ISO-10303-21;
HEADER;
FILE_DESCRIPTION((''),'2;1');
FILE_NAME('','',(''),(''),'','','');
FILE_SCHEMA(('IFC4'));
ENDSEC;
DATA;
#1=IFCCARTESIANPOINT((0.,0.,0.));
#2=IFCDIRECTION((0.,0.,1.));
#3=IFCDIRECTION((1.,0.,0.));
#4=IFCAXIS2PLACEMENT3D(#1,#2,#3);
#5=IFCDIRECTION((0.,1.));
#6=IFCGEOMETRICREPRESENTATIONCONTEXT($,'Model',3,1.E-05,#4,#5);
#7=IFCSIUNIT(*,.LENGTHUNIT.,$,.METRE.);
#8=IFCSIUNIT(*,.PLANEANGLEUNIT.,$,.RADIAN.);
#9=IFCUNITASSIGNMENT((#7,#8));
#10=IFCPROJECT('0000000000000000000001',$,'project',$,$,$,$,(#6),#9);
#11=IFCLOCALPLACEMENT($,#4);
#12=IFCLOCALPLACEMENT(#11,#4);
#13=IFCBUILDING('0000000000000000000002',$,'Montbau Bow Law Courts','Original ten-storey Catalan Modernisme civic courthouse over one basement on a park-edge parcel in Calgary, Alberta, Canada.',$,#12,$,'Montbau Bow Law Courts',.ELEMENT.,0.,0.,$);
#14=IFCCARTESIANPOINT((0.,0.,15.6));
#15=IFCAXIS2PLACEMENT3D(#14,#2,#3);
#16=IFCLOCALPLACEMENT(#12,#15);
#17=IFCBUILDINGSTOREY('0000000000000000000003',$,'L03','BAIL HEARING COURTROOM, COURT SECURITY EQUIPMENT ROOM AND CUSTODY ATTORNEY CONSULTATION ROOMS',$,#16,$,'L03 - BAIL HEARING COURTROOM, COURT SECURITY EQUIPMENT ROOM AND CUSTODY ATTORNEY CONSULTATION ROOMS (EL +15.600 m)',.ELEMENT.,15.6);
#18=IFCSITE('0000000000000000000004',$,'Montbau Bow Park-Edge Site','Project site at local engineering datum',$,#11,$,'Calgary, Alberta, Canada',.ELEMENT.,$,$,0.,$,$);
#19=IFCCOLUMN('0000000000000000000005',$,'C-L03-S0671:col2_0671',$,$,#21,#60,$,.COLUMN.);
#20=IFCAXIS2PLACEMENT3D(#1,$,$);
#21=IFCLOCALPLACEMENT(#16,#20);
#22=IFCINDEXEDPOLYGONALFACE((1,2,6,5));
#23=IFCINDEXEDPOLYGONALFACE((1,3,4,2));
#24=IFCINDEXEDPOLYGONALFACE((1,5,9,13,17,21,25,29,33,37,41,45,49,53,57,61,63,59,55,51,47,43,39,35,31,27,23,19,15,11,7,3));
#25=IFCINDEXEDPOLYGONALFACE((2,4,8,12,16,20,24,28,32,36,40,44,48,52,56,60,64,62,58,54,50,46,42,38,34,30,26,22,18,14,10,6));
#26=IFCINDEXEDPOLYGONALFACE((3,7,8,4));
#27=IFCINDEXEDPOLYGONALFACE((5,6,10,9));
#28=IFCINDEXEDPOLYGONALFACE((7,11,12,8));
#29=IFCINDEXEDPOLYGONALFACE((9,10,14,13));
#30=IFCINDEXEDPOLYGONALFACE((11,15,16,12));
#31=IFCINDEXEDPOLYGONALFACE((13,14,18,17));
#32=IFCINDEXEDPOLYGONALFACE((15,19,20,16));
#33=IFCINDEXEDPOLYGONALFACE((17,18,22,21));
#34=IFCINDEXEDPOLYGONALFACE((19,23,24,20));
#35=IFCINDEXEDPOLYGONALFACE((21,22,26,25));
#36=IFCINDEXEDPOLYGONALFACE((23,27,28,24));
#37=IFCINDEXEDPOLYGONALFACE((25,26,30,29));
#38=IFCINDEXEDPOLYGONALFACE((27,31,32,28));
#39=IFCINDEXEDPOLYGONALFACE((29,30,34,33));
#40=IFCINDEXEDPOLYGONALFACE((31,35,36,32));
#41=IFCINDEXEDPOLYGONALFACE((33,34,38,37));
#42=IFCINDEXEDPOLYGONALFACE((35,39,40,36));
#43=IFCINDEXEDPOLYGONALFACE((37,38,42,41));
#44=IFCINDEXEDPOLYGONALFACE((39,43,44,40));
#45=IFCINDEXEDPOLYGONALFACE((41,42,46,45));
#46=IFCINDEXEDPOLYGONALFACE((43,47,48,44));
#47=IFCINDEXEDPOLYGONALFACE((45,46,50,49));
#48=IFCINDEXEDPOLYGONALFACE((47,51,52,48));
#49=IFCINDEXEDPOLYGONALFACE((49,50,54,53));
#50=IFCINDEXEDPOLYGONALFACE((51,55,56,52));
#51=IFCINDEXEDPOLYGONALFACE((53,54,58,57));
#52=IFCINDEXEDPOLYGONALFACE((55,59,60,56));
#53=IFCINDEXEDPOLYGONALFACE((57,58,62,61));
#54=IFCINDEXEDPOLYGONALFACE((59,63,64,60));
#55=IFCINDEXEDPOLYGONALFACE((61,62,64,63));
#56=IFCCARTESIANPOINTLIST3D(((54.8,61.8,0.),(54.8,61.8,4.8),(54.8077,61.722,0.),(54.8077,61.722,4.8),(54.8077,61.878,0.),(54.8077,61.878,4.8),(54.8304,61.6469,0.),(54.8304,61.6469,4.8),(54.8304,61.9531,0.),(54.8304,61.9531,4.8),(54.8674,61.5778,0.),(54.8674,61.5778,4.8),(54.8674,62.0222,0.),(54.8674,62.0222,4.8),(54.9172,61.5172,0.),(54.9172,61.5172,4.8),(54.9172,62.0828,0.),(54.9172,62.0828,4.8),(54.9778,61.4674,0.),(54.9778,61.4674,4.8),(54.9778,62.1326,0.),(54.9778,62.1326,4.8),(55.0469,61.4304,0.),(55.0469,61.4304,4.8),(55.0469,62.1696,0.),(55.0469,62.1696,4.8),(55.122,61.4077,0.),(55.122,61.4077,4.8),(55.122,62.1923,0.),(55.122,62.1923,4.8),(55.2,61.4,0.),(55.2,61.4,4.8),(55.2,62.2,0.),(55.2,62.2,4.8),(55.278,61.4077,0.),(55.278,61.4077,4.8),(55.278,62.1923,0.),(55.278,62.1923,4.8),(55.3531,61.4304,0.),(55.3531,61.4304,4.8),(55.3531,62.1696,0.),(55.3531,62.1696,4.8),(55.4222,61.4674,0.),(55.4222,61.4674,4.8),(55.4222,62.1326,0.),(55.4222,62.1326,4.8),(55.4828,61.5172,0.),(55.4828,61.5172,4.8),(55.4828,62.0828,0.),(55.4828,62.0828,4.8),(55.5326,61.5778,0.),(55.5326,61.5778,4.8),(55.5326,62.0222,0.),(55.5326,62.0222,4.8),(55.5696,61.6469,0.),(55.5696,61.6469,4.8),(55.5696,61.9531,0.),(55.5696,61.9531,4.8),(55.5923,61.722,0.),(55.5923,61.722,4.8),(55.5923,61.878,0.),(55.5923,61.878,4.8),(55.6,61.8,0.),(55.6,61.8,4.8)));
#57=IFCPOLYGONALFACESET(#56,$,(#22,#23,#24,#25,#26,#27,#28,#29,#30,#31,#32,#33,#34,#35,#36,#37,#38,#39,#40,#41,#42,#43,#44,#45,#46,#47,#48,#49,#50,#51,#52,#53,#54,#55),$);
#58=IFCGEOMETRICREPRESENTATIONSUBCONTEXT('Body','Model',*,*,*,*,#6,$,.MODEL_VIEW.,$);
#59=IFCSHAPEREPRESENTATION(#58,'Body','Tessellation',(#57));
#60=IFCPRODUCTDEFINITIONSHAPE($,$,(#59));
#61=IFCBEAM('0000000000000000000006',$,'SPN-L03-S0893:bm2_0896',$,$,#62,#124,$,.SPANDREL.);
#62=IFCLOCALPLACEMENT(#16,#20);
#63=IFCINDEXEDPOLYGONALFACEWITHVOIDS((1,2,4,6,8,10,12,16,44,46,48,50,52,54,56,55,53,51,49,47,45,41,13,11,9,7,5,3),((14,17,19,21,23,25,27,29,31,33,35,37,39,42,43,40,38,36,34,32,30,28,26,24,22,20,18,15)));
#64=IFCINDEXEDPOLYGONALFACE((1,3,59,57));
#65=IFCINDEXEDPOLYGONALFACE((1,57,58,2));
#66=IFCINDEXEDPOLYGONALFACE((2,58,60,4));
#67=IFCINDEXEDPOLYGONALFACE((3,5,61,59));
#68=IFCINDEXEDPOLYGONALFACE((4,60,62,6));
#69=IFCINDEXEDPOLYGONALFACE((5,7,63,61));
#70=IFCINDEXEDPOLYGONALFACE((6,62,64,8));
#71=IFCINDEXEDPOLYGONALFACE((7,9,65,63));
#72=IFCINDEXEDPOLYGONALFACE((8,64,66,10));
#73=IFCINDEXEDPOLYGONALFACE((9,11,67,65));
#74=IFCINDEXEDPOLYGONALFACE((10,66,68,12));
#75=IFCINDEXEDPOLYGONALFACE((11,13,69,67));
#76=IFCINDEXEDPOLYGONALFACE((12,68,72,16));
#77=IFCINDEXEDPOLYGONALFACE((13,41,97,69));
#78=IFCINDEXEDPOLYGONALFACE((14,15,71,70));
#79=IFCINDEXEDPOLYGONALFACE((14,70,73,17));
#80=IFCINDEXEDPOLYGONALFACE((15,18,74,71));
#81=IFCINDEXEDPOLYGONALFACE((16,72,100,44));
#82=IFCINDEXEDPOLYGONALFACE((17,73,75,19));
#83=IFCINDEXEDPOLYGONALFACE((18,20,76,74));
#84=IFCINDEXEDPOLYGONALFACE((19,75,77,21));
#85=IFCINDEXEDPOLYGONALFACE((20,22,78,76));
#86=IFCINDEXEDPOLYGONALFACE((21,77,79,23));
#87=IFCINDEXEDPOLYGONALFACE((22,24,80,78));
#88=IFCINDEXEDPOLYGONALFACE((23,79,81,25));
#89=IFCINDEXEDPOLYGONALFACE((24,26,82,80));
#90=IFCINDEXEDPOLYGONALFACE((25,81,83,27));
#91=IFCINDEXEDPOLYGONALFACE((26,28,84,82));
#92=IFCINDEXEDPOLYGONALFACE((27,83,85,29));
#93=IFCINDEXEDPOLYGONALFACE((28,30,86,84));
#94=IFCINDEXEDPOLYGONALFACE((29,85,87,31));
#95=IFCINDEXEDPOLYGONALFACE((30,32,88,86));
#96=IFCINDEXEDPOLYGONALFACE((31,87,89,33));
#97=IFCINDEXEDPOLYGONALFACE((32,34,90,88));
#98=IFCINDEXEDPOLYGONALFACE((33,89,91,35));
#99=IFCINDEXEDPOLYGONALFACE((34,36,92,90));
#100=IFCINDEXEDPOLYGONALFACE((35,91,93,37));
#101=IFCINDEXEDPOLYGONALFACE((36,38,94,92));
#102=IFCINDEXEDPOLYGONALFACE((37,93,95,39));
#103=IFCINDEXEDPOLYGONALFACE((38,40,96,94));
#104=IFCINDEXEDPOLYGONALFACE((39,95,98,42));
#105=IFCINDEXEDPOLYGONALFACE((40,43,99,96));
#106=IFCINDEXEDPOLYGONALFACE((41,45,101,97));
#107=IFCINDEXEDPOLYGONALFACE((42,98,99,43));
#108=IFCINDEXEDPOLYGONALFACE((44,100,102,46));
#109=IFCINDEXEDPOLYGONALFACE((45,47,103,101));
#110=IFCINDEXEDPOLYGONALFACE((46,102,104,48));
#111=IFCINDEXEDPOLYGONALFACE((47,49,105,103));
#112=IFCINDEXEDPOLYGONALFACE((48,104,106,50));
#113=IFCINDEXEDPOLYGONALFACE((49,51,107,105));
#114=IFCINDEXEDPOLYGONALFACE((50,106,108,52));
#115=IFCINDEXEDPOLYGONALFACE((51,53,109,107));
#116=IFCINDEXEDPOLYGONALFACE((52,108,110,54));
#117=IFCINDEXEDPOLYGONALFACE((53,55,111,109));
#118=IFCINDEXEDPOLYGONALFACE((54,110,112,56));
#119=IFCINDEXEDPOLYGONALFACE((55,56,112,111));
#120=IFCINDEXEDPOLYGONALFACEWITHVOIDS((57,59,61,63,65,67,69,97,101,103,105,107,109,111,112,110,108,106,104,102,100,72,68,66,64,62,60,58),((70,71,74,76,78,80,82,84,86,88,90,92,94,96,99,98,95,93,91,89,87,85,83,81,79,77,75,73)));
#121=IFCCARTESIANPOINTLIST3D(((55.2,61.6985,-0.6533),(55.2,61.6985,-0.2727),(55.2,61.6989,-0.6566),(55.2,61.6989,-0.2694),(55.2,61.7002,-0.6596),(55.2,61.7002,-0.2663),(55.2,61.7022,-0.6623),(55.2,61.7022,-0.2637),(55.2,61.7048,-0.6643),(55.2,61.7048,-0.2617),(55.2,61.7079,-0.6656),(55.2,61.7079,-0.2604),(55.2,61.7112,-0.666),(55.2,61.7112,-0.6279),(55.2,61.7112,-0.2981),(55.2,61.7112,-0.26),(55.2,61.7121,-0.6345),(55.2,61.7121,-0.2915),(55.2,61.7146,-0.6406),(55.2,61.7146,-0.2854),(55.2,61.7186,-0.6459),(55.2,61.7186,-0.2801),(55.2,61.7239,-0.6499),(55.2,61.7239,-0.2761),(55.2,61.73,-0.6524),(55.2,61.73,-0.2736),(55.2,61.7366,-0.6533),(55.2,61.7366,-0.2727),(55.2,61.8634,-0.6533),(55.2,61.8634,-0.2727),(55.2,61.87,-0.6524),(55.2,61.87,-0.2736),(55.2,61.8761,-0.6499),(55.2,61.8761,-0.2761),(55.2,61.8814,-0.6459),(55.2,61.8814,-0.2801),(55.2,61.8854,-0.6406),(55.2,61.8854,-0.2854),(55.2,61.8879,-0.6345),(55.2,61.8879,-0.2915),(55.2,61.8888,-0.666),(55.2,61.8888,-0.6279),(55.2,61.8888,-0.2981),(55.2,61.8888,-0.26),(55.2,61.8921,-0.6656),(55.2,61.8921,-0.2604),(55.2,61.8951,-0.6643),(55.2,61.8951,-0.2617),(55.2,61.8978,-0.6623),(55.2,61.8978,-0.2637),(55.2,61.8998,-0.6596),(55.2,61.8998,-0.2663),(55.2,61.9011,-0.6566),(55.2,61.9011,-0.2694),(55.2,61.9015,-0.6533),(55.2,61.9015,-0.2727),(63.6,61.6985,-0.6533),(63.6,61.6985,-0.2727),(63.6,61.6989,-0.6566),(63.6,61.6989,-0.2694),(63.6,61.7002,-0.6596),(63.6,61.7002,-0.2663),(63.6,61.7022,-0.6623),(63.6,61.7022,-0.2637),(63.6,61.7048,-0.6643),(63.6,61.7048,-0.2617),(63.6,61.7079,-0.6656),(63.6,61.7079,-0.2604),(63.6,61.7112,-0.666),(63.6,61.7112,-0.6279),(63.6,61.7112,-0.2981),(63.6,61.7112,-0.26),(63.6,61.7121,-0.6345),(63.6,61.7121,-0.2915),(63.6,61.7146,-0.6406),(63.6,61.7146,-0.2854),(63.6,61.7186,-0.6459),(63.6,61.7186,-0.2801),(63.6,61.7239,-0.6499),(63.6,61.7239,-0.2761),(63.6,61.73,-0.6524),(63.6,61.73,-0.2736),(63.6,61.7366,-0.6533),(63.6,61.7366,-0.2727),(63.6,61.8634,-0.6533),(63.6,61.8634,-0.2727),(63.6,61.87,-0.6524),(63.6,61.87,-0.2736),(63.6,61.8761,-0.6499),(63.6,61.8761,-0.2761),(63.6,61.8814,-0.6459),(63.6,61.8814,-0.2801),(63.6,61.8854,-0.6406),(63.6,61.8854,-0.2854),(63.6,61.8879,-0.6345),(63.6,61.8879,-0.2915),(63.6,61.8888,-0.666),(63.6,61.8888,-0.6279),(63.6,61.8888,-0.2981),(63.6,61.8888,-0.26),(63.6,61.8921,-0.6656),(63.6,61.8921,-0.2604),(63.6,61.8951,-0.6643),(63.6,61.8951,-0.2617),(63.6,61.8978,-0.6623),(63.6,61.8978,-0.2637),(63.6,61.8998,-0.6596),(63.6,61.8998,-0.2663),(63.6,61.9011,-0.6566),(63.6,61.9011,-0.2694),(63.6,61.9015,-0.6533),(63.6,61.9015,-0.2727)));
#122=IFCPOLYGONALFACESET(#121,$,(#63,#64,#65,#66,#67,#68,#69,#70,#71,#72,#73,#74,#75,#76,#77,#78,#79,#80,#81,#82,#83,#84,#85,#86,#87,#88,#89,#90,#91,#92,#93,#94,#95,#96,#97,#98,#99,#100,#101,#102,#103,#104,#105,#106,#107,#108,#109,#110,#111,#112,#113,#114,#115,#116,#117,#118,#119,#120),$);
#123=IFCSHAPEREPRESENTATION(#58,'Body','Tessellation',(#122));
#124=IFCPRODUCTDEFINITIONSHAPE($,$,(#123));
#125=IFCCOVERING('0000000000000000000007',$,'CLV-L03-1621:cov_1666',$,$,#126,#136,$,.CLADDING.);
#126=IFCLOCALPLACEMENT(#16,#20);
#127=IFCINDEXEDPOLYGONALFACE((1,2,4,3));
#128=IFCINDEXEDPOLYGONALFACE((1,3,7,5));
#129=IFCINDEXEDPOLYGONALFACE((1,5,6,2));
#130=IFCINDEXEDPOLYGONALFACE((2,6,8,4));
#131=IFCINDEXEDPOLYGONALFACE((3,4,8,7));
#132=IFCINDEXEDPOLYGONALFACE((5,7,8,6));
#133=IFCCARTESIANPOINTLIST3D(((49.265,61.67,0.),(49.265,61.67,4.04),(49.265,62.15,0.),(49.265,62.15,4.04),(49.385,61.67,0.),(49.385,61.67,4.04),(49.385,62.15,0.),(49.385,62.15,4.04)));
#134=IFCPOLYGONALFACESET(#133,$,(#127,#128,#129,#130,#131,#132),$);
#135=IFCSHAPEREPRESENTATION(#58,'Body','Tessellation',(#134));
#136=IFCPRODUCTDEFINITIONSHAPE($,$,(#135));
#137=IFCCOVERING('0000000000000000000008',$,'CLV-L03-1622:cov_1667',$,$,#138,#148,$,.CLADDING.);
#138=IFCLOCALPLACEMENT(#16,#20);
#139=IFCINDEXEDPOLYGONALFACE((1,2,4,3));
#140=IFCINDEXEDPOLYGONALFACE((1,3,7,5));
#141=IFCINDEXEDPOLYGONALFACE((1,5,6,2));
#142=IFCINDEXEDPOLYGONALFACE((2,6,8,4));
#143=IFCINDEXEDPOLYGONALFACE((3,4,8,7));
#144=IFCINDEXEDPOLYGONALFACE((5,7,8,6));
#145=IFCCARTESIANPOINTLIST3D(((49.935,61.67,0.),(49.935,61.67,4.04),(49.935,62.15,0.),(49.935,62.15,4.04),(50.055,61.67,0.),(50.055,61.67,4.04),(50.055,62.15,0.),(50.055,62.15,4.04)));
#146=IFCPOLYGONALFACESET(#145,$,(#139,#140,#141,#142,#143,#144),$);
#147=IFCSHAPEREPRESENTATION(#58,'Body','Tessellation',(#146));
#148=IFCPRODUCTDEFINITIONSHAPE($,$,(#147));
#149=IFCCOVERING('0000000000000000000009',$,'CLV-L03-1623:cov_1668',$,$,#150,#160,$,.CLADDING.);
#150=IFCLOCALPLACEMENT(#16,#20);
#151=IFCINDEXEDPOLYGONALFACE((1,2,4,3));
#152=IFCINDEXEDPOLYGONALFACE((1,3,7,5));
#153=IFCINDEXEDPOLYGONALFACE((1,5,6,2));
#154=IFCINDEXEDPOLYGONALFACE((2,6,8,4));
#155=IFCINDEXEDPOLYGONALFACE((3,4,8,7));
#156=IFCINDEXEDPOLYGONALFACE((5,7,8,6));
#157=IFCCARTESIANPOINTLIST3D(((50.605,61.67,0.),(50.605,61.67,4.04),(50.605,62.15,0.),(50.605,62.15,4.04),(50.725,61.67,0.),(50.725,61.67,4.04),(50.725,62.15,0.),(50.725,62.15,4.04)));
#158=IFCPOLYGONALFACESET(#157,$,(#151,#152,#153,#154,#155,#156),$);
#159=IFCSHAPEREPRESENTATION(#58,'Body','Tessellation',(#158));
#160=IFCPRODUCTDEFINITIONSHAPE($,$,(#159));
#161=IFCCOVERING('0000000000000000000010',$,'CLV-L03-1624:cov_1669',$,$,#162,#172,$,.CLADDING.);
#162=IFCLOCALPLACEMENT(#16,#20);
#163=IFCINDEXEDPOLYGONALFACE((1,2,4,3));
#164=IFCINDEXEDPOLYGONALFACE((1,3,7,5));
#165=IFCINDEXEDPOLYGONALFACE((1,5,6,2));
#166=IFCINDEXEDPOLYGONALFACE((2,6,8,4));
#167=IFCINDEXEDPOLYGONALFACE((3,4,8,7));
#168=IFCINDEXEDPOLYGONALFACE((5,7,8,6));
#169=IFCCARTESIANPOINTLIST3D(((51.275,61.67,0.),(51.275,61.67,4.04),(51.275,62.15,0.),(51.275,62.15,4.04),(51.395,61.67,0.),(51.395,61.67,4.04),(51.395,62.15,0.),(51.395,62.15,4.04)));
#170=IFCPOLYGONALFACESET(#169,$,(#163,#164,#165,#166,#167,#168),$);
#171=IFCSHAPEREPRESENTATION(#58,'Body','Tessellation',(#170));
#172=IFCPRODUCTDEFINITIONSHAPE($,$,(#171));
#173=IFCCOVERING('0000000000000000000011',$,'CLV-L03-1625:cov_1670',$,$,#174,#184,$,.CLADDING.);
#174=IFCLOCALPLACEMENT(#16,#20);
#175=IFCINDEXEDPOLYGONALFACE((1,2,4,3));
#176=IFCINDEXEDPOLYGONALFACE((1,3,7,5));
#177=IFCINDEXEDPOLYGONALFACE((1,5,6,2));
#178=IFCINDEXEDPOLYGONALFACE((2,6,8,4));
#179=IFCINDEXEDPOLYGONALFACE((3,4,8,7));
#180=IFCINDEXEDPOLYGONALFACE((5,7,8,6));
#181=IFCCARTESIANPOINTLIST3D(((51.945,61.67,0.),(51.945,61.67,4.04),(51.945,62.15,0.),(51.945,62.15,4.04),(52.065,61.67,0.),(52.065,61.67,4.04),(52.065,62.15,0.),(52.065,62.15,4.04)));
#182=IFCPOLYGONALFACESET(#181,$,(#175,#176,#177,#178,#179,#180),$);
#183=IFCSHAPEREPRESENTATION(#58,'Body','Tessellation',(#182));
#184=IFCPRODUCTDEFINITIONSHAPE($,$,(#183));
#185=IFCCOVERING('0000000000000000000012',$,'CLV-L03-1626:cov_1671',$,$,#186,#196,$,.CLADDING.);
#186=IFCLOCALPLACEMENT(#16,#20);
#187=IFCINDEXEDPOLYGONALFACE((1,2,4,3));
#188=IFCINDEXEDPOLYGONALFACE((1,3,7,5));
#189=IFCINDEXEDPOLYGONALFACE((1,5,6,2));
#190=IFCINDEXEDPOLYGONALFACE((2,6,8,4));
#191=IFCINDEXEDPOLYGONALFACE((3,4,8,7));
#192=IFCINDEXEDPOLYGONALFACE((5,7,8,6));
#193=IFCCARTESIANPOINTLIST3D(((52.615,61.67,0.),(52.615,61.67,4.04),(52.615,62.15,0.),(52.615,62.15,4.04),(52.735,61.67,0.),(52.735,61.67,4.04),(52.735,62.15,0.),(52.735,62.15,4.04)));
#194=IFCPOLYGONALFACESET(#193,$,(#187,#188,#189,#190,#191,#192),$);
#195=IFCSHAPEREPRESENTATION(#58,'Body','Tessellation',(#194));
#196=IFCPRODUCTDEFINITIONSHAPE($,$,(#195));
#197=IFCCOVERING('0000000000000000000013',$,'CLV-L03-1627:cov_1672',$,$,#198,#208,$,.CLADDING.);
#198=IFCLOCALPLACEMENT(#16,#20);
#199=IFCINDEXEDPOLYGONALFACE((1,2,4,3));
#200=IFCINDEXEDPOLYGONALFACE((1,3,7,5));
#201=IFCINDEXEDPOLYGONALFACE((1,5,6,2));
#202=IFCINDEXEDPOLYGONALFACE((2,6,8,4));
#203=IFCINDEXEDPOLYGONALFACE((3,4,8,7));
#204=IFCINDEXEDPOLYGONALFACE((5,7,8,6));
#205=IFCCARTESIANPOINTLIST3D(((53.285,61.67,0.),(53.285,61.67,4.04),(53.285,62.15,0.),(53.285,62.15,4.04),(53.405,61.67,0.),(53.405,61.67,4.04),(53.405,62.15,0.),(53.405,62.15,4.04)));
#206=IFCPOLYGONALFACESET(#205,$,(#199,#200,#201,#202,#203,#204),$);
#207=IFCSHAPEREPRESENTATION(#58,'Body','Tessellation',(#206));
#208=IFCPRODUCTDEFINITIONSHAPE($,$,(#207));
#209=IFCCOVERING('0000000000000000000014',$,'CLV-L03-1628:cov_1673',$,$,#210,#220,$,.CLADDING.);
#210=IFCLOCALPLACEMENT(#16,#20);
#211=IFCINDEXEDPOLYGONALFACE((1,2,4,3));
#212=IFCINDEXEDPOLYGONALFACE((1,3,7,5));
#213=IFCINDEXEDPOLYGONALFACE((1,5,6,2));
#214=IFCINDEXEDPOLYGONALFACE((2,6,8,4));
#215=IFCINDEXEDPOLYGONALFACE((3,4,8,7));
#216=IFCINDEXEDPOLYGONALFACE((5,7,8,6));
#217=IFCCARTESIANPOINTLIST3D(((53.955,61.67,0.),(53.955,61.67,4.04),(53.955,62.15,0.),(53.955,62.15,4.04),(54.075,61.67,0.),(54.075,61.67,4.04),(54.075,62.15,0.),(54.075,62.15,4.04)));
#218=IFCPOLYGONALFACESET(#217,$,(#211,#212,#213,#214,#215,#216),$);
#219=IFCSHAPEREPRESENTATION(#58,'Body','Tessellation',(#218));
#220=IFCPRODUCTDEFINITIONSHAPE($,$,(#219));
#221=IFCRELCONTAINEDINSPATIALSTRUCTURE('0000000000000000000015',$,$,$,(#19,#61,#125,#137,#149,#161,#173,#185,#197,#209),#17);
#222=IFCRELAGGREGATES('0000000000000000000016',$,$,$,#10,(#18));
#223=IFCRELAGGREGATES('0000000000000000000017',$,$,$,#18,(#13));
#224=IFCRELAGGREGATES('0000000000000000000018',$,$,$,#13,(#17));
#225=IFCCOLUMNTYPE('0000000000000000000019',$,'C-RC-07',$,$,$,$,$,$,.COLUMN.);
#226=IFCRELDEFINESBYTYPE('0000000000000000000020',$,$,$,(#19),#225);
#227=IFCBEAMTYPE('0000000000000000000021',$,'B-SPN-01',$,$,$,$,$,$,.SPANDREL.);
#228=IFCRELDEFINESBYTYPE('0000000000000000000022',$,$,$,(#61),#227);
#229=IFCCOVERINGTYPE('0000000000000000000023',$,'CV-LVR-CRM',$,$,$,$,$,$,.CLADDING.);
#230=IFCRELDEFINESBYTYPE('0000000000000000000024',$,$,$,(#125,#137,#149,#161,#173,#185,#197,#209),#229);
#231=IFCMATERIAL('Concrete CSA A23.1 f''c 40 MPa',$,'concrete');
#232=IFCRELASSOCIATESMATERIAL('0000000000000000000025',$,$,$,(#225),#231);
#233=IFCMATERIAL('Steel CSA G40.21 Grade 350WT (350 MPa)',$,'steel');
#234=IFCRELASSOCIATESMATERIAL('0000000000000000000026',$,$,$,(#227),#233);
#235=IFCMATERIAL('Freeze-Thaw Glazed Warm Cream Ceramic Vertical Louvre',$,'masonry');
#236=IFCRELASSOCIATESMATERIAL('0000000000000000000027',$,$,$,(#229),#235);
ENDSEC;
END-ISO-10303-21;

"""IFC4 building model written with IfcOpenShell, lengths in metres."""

from ifc_helpers import new_model, si_unit, direction, frame, frame_2d, origin_with_axes, origin_2d_with_axis, place, context, subcontext, project, spatial, rectangle, hollow_rectangle, circle, extrude, material, material_profile, profile_set, type_object, element, save


model = new_model("IFC4")

# Units and contexts
model_context = context("Model", 3, precision=1e-05, world=origin_with_axes(), true_north=direction((0.0, 1.0)))
body_context = subcontext(model_context, "Body", "Model", "MODEL_VIEW")
ifc_project = project(units=[si_unit("LENGTHUNIT", "METRE"), si_unit("PLANEANGLEUNIT", "RADIAN")], contexts=[model_context])

# Site, building, storey
site_placement = place(None, origin_with_axes())
site = spatial("IfcSite", under=ifc_project, at=site_placement, Name="Montbau Bow Park-Edge Site", Description="Project site at local engineering datum", LongName="Calgary, Alberta, Canada", CompositionType="ELEMENT", RefElevation=0.0)
building_placement = place(site_placement, origin_with_axes())
building = spatial("IfcBuilding", under=site, at=building_placement, Name="Montbau Bow Law Courts", Description="Original ten-storey Catalan Modernisme civic courthouse over one basement on a park-edge parcel in Calgary, Alberta, Canada.", LongName="Montbau Bow Law Courts", CompositionType="ELEMENT", ElevationOfRefHeight=0.0, ElevationOfTerrain=0.0)
storey_placement = place(building_placement, frame((0.0, 0.0, 15.6), z_axis=(0.0, 0.0, 1.0), x_axis=(1.0, 0.0, 0.0)))
storey = spatial("IfcBuildingStorey", under=building, at=storey_placement, Name="L03", Description="BAIL HEARING COURTROOM, COURT SECURITY EQUIPMENT ROOM AND CUSTODY ATTORNEY CONSULTATION ROOMS", LongName="L03 - BAIL HEARING COURTROOM, COURT SECURITY EQUIPMENT ROOM AND CUSTODY ATTORNEY CONSULTATION ROOMS (EL +15.600 m)", CompositionType="ELEMENT", Elevation=15.6)

# Column
ifc_material_1 = material(Name="Concrete CSA A23.1 f'c 40 MPa", Category="concrete")
ifc_material_profile_1 = material_profile(ifc_material_1, circle(Radius=0.4, at=origin_2d_with_axis()), Name="RC800D", Category="Main", Priority=0)
ifc_profile_set_1 = profile_set([ifc_material_profile_1], Name="Concrete CSA A23.1 f'c 40 MPa")
column_type = type_object("IfcColumnType", Name="C-RC-07", PredefinedType="COLUMN", material=ifc_profile_set_1)
column_placement = place(None, frame((55.2, 61.8, 15.6), z_axis=(0.0, 0.0, 1.0), x_axis=(1.0, 0.0, 0.0)))
element("IfcColumn", 1, at=column_placement, inside=storey, type_object=column_type, Name="C-L03-S0671:col2_0671", PredefinedType="COLUMN", context=body_context, shape_type="SweptSolid", body=[
    extrude(circle(Radius=0.4, at=origin_2d_with_axis()), origin_with_axes(), (0.0, 0.0, 1.0), 4.8),
])

# Beam
ifc_material_2 = material(Name="Steel CSA G40.21 Grade 350WT (350 MPa)", Category="steel")
ifc_material_profile_2 = material_profile(ifc_material_2, hollow_rectangle(XDim=0.203, YDim=0.406, WallThickness=0.0127, InnerFilletRadius=0.0254, OuterFilletRadius=0.0127, at=origin_2d_with_axis()), Name="HSS406X203X13", Category="Main", Priority=0)
ifc_profile_set_2 = profile_set([ifc_material_profile_2], Name="Steel CSA G40.21 Grade 350WT (350 MPa)")
beam_type = type_object("IfcBeamType", Name="B-SPN-01", PredefinedType="SPANDREL", material=ifc_profile_set_2)
beam_placement = place(None, frame((55.2, 61.8, 15.137), z_axis=(1.0, 0.0, 0.0), x_axis=(0.0, 1.0, 0.0)))
element("IfcBeam", 2, at=beam_placement, inside=storey, type_object=beam_type, Name="SPN-L03-S0893:bm2_0896", PredefinedType="SPANDREL", context=body_context, shape_type="SweptSolid", body=[
    extrude(hollow_rectangle(XDim=0.203, YDim=0.406, WallThickness=0.0127, InnerFilletRadius=0.0254, OuterFilletRadius=0.0127, at=origin_2d_with_axis()), origin_with_axes(), (0.0, 0.0, 1.0), 8.4),
])

# Coverings
ifc_material_3 = material(Name="Freeze-Thaw Glazed Warm Cream Ceramic Vertical Louvre", Category="masonry")
covering_type = type_object("IfcCoveringType", Name="CV-LVR-CRM", PredefinedType="CLADDING", material=ifc_material_3)
for number, where, z_axis, x_axis, name in (
    (3, (49.325, 61.67, 15.6), (1.0, 0.0, 0.0), (0.0, 1.0, 0.0), "CLV-L03-1621:cov_1666"),
    (4, (49.995, 61.67, 15.6), (1.0, 0.0, 0.0), (0.0, 1.0, 0.0), "CLV-L03-1622:cov_1667"),
    (5, (50.665, 61.67, 15.6), (1.0, 0.0, 0.0), (0.0, 1.0, 0.0), "CLV-L03-1623:cov_1668"),
    (6, (51.335, 61.67, 15.6), (1.0, 0.0, 0.0), (0.0, 1.0, 0.0), "CLV-L03-1624:cov_1669"),
    (7, (52.005, 61.67, 15.6), (1.0, 0.0, 0.0), (0.0, 1.0, 0.0), "CLV-L03-1625:cov_1670"),
    (8, (52.675, 61.67, 15.6), (1.0, 0.0, 0.0), (0.0, 1.0, 0.0), "CLV-L03-1626:cov_1671"),
    (9, (53.345, 61.67, 15.6), (1.0, 0.0, 0.0), (0.0, 1.0, 0.0), "CLV-L03-1627:cov_1672"),
    (10, (54.015, 61.67, 15.6), (1.0, 0.0, 0.0), (0.0, 1.0, 0.0), "CLV-L03-1628:cov_1673"),
):
    element("IfcCovering", number, at=place(None, frame(where, z_axis=z_axis, x_axis=x_axis)), inside=storey, type_object=covering_type, Name=name, PredefinedType="CLADDING", context=body_context, shape_type="SweptSolid", body=[
        extrude(rectangle(XDim=0.48, YDim=4.04, at=frame_2d((0.24, 2.02), x_axis=(1.0, 0.0))), frame((0.0, 0.0, -0.06), z_axis=(0.0, 0.0, 1.0), x_axis=(1.0, 0.0, 0.0)), (0.0, 0.0, 1.0), 0.12),
    ])

save(model, "model.ifc")
